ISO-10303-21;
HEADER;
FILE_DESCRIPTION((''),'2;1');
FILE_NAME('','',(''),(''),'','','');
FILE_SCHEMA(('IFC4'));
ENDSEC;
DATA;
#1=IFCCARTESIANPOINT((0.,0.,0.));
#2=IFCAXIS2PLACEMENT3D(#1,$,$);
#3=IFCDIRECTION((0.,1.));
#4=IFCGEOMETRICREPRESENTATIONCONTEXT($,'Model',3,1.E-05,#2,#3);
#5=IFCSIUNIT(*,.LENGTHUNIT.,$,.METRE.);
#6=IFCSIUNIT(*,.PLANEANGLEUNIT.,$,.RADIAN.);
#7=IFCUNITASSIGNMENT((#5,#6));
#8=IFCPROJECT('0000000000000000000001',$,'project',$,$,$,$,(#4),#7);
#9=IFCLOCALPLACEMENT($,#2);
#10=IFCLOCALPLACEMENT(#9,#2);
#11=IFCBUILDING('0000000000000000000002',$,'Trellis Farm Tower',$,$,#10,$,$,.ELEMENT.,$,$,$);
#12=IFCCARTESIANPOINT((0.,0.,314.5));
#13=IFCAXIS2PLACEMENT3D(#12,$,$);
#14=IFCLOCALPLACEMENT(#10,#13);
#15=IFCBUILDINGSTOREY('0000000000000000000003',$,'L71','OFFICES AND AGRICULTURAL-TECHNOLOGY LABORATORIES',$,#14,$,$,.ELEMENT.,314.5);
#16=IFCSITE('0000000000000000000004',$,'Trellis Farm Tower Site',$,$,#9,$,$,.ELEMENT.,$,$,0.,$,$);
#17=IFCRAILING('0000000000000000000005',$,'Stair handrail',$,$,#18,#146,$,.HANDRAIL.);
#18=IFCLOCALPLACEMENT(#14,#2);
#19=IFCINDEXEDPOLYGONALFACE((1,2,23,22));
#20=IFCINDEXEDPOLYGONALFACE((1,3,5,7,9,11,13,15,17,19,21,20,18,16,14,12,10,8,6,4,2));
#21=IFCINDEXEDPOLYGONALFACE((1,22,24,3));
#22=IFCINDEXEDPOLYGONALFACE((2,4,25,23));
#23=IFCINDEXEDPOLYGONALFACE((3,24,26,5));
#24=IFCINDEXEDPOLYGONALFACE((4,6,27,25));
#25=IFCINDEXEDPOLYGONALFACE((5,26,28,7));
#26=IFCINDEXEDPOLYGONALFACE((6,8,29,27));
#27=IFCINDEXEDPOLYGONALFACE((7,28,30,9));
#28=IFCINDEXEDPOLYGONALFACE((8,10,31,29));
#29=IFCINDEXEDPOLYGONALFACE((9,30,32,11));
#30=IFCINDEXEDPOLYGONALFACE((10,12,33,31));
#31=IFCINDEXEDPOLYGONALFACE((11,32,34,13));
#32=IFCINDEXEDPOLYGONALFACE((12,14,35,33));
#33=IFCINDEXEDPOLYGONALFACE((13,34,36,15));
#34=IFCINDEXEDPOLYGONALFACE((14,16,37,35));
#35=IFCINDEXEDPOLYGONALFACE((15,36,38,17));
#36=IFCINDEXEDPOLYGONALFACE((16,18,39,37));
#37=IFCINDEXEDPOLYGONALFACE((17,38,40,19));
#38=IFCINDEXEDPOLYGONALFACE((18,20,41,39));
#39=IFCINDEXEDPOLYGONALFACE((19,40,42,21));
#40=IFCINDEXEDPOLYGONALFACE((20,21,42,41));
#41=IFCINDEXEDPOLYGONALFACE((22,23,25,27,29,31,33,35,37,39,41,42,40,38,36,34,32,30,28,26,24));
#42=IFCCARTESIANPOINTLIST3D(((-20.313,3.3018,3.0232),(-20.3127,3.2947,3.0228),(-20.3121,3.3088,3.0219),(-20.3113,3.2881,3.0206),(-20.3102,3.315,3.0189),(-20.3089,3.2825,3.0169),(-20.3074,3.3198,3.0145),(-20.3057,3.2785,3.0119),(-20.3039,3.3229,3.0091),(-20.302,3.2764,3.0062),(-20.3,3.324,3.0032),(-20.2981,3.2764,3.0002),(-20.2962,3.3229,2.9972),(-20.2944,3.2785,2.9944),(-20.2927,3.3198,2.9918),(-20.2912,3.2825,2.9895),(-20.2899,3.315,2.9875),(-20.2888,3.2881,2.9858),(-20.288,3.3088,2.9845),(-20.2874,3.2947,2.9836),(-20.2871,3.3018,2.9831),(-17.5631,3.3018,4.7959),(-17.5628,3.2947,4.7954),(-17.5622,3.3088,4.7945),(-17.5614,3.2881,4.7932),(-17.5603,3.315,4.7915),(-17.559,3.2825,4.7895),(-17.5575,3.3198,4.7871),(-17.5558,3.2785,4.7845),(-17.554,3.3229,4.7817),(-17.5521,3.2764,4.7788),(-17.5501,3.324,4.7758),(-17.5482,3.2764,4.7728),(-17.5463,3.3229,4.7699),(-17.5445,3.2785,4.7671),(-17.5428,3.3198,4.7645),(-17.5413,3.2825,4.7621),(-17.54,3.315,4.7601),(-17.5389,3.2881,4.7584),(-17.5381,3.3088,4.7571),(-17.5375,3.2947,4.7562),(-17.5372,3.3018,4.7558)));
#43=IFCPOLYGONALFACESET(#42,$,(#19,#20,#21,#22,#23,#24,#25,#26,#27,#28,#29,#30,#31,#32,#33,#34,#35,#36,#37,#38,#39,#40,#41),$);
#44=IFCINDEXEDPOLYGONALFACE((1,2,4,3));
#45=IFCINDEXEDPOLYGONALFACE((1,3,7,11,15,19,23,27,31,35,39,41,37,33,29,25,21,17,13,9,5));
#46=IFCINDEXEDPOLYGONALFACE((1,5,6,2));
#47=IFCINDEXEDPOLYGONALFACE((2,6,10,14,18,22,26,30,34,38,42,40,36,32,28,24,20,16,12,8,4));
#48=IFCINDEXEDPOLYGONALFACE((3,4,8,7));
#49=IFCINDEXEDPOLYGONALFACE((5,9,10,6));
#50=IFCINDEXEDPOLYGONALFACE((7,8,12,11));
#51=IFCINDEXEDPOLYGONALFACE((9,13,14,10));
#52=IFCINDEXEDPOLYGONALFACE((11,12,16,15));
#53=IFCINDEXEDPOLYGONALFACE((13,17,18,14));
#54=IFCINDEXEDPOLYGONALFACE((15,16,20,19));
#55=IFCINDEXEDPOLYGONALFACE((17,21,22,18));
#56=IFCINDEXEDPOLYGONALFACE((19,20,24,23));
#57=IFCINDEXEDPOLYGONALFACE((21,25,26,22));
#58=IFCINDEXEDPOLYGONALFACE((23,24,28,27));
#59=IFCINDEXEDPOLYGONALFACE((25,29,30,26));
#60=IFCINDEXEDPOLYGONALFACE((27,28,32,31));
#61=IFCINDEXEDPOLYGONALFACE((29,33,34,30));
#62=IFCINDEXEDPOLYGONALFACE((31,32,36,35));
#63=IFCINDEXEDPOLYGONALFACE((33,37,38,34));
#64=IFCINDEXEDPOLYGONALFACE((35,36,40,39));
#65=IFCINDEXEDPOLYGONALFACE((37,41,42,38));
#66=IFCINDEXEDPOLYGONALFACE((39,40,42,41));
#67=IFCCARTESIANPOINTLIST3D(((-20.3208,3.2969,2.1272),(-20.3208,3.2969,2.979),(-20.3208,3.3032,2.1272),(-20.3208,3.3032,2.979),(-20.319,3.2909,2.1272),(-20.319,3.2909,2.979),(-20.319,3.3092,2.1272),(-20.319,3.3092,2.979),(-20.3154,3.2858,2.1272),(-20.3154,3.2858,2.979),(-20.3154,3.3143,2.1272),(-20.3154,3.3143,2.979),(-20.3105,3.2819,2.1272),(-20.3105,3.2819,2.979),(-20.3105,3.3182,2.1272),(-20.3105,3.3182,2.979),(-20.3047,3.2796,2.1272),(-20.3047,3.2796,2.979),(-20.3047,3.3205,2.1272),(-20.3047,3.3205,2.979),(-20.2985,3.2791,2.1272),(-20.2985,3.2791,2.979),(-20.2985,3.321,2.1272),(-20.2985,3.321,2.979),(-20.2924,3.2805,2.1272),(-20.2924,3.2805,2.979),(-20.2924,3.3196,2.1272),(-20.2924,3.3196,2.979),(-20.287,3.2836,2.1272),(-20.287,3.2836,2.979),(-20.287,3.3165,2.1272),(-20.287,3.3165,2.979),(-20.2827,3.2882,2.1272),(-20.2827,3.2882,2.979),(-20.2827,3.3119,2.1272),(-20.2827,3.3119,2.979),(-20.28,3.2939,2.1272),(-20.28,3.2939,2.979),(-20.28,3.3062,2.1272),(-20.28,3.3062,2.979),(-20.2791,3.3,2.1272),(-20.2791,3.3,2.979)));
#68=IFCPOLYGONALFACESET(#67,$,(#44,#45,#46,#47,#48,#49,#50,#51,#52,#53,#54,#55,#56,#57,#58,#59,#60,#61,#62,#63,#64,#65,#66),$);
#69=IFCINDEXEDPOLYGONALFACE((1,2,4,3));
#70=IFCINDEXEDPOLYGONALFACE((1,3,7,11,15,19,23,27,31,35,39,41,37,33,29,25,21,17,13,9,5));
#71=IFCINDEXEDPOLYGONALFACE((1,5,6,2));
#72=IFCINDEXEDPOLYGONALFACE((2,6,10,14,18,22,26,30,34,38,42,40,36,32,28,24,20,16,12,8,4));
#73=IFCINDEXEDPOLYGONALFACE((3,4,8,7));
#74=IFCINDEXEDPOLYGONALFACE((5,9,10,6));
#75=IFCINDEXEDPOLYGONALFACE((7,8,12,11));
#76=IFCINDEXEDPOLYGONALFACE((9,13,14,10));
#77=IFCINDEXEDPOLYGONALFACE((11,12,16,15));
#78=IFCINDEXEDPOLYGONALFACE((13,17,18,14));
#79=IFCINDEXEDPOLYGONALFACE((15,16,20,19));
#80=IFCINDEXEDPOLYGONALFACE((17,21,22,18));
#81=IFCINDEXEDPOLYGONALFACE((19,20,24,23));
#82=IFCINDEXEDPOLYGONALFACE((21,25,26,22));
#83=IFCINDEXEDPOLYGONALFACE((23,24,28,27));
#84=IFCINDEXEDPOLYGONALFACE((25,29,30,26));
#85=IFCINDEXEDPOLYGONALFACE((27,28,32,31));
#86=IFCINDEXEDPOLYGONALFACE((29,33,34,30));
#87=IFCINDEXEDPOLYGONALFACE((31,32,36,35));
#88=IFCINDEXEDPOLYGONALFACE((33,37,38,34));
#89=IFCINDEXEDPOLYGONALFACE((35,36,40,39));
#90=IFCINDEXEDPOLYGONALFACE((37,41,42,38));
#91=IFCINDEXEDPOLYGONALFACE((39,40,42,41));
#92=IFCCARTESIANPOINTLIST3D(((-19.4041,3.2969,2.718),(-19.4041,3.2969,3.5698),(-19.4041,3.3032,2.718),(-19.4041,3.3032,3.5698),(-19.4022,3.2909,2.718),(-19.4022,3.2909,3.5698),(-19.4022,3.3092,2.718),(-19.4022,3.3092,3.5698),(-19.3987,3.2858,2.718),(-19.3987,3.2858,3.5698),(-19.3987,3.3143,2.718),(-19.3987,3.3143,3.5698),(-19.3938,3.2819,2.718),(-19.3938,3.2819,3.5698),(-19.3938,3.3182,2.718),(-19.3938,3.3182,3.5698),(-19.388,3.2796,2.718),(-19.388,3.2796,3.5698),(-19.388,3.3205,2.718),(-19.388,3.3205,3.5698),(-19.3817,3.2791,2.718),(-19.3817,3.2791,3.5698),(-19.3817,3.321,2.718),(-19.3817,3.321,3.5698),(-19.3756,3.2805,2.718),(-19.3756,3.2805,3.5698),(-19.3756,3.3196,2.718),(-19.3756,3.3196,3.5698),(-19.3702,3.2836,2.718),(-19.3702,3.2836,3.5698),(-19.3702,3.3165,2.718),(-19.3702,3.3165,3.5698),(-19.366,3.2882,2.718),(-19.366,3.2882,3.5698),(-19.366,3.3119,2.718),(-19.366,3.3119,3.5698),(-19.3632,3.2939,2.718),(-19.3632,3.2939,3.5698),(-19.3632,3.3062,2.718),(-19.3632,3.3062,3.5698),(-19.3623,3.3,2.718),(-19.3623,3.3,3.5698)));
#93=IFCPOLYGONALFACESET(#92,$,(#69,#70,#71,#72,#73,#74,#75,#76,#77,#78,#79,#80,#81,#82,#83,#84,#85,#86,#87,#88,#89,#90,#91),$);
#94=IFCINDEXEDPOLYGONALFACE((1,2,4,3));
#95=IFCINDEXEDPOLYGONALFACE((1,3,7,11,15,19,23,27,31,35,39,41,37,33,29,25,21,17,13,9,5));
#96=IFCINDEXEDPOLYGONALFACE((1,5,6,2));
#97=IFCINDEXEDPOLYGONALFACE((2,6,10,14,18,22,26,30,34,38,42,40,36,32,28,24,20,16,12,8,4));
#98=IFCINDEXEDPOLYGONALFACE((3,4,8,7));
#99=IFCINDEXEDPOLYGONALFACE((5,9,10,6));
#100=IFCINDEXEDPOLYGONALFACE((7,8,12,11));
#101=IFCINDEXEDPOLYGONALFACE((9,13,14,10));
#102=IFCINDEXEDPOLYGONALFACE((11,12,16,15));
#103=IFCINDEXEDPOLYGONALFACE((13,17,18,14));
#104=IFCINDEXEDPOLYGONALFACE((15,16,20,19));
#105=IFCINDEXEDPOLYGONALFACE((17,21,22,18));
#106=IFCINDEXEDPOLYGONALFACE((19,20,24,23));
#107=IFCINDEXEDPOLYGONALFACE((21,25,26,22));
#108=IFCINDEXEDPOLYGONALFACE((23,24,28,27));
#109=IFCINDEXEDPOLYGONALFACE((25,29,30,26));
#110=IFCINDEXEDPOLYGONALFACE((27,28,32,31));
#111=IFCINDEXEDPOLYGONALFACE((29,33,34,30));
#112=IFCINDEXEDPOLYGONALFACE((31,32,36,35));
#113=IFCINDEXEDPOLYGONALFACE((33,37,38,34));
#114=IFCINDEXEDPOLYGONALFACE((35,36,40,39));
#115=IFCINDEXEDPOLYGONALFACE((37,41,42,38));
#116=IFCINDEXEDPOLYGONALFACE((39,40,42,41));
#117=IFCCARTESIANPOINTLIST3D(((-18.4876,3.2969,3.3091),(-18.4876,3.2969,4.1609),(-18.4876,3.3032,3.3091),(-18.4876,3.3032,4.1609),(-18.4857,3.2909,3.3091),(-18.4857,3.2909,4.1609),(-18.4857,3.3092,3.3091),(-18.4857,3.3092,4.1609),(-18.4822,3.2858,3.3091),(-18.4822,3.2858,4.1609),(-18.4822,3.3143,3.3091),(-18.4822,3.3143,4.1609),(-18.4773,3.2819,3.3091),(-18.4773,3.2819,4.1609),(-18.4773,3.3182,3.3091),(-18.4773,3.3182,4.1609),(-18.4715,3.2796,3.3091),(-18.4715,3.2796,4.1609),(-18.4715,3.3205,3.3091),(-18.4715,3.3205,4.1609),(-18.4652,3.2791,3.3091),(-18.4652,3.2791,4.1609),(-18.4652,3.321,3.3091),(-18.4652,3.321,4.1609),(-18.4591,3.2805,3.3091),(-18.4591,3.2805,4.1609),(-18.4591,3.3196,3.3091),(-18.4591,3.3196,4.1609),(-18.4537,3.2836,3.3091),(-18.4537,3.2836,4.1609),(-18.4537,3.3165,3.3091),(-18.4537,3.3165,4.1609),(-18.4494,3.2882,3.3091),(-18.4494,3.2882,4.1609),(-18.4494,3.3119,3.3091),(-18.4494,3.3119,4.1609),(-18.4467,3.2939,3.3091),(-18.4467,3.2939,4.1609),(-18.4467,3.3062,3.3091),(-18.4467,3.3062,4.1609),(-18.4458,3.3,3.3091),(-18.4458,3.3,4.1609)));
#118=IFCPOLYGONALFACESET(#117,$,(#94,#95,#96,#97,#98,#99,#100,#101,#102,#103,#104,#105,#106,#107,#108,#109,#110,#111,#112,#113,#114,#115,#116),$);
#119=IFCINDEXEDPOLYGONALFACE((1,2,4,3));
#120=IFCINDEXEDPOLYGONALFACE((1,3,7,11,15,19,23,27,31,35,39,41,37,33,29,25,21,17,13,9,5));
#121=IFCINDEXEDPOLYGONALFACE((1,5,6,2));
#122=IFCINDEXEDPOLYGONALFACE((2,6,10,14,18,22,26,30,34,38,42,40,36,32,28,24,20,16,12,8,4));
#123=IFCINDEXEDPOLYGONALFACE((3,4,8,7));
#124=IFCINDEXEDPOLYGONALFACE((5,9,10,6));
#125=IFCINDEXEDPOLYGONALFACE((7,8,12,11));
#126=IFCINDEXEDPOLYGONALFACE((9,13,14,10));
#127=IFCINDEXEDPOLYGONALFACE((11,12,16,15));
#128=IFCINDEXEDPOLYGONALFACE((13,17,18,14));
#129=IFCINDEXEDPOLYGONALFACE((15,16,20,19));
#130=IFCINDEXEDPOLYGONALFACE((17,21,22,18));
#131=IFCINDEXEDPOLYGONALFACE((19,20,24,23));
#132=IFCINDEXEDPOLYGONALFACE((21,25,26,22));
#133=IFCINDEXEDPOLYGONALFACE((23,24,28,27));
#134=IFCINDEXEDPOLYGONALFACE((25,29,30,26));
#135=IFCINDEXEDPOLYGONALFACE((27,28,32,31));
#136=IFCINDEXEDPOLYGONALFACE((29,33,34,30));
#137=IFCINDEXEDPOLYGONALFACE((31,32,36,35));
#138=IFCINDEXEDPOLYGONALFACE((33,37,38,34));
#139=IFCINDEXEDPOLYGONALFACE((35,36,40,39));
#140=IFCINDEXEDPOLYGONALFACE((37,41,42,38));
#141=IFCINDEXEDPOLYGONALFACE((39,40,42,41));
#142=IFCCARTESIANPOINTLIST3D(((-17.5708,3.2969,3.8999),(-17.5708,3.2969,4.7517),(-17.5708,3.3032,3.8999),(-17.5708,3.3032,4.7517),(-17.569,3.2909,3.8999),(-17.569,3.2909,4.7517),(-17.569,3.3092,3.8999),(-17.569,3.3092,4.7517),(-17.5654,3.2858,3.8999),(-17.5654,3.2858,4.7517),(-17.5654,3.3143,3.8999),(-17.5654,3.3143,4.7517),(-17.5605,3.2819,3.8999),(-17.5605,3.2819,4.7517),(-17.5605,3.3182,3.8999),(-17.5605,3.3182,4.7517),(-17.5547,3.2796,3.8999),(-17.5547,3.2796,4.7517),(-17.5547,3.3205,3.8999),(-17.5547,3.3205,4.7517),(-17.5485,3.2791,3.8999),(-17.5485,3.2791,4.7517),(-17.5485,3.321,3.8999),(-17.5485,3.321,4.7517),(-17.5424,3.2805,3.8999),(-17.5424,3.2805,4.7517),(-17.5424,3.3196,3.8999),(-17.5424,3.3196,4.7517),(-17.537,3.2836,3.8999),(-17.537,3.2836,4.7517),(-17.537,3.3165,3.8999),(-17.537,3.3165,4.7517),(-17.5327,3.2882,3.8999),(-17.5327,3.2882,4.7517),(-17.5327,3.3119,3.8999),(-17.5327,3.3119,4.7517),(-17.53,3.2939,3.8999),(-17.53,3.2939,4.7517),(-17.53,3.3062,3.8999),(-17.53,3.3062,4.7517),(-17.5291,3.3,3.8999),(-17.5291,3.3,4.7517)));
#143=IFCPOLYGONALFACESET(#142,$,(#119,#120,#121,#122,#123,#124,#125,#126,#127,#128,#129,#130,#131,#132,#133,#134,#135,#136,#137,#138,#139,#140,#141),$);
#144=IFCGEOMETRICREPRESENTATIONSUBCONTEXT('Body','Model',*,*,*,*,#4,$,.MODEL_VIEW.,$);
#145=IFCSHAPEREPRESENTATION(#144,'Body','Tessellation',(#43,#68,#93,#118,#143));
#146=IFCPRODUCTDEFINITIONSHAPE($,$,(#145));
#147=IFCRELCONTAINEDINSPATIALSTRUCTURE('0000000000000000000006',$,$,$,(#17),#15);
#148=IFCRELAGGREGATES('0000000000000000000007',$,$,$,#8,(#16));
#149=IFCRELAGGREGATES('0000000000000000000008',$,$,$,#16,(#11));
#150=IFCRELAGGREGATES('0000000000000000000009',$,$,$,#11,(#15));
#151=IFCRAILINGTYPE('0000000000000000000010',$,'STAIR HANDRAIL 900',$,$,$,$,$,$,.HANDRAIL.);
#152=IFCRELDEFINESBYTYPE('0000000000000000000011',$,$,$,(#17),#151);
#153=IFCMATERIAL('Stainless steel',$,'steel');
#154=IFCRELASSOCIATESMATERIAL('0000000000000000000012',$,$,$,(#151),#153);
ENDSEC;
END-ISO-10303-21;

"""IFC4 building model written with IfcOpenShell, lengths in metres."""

from ifc_helpers import new_model, si_unit, direction, frame, origin, origin_2d, place, context, subcontext, project, spatial, circle, extrude, source, transform, mapped, material, type_object, element, save


model = new_model("IFC4")

# Units and contexts
model_context = context("Model", 3, precision=1e-05, world=origin(), true_north=direction((0.0, 1.0)))
body_context = subcontext(model_context, "Body", "Model", "MODEL_VIEW")
ifc_project = project(units=[si_unit("LENGTHUNIT", "METRE"), si_unit("PLANEANGLEUNIT", "RADIAN")], contexts=[model_context])

# Site, building, storey
site_placement = place(None, origin())
site = spatial("IfcSite", under=ifc_project, at=site_placement, Name="Trellis Farm Tower Site", CompositionType="ELEMENT", RefElevation=0.0)
building_placement = place(site_placement, origin())
building = spatial("IfcBuilding", under=site, at=building_placement, Name="Trellis Farm Tower", CompositionType="ELEMENT")
storey_placement = place(building_placement, frame((0.0, 0.0, 314.5)))
storey = spatial("IfcBuildingStorey", under=building, at=storey_placement, Name="L71", Description="OFFICES AND AGRICULTURAL-TECHNOLOGY LABORATORIES", CompositionType="ELEMENT", Elevation=314.5)

# Railing
ifc_material_1 = material(Name="Stainless steel", Category="steel")
railing_type = type_object("IfcRailingType", Name="STAIR HANDRAIL 900", PredefinedType="HANDRAIL", material=ifc_material_1)
shared_shape_1 = source(origin(), body_context, "Body", "SweptSolid", [
    extrude(circle(Radius=0.0239, at=origin_2d()), frame((0.0, 0.0, 0.876), z_axis=(0.840504, 0.0, 0.541806), x_axis=(0.0, 1.0, 0.0)), (0.0, 0.0, 1.0), 3.2717),
    extrude(circle(Radius=0.021, at=origin_2d()), origin(), (0.0, 0.0, 1.0), 0.8518),
    extrude(circle(Radius=0.021, at=origin_2d()), frame((0.9167, 0.0, 0.5908)), (0.0, 0.0, 1.0), 0.8518),
    extrude(circle(Radius=0.021, at=origin_2d()), frame((1.8333, 0.0, 1.1819)), (0.0, 0.0, 1.0), 0.8518),
    extrude(circle(Radius=0.021, at=origin_2d()), frame((2.75, 0.0, 1.7727)), (0.0, 0.0, 1.0), 0.8518),
])
for number, where, name in (
    (1, (-20.3, 3.3, 2.1272), "Stair handrail"),
):
    element("IfcRailing", number, at=place(storey_placement, frame(where)), inside=storey, type_object=railing_type, Name=name, PredefinedType="HANDRAIL", context=body_context, shape_type="MappedRepresentation", body=[
        mapped(shared_shape_1, transform((0.0, 0.0, 0.0))),
    ])

save(model, "model.ifc")
